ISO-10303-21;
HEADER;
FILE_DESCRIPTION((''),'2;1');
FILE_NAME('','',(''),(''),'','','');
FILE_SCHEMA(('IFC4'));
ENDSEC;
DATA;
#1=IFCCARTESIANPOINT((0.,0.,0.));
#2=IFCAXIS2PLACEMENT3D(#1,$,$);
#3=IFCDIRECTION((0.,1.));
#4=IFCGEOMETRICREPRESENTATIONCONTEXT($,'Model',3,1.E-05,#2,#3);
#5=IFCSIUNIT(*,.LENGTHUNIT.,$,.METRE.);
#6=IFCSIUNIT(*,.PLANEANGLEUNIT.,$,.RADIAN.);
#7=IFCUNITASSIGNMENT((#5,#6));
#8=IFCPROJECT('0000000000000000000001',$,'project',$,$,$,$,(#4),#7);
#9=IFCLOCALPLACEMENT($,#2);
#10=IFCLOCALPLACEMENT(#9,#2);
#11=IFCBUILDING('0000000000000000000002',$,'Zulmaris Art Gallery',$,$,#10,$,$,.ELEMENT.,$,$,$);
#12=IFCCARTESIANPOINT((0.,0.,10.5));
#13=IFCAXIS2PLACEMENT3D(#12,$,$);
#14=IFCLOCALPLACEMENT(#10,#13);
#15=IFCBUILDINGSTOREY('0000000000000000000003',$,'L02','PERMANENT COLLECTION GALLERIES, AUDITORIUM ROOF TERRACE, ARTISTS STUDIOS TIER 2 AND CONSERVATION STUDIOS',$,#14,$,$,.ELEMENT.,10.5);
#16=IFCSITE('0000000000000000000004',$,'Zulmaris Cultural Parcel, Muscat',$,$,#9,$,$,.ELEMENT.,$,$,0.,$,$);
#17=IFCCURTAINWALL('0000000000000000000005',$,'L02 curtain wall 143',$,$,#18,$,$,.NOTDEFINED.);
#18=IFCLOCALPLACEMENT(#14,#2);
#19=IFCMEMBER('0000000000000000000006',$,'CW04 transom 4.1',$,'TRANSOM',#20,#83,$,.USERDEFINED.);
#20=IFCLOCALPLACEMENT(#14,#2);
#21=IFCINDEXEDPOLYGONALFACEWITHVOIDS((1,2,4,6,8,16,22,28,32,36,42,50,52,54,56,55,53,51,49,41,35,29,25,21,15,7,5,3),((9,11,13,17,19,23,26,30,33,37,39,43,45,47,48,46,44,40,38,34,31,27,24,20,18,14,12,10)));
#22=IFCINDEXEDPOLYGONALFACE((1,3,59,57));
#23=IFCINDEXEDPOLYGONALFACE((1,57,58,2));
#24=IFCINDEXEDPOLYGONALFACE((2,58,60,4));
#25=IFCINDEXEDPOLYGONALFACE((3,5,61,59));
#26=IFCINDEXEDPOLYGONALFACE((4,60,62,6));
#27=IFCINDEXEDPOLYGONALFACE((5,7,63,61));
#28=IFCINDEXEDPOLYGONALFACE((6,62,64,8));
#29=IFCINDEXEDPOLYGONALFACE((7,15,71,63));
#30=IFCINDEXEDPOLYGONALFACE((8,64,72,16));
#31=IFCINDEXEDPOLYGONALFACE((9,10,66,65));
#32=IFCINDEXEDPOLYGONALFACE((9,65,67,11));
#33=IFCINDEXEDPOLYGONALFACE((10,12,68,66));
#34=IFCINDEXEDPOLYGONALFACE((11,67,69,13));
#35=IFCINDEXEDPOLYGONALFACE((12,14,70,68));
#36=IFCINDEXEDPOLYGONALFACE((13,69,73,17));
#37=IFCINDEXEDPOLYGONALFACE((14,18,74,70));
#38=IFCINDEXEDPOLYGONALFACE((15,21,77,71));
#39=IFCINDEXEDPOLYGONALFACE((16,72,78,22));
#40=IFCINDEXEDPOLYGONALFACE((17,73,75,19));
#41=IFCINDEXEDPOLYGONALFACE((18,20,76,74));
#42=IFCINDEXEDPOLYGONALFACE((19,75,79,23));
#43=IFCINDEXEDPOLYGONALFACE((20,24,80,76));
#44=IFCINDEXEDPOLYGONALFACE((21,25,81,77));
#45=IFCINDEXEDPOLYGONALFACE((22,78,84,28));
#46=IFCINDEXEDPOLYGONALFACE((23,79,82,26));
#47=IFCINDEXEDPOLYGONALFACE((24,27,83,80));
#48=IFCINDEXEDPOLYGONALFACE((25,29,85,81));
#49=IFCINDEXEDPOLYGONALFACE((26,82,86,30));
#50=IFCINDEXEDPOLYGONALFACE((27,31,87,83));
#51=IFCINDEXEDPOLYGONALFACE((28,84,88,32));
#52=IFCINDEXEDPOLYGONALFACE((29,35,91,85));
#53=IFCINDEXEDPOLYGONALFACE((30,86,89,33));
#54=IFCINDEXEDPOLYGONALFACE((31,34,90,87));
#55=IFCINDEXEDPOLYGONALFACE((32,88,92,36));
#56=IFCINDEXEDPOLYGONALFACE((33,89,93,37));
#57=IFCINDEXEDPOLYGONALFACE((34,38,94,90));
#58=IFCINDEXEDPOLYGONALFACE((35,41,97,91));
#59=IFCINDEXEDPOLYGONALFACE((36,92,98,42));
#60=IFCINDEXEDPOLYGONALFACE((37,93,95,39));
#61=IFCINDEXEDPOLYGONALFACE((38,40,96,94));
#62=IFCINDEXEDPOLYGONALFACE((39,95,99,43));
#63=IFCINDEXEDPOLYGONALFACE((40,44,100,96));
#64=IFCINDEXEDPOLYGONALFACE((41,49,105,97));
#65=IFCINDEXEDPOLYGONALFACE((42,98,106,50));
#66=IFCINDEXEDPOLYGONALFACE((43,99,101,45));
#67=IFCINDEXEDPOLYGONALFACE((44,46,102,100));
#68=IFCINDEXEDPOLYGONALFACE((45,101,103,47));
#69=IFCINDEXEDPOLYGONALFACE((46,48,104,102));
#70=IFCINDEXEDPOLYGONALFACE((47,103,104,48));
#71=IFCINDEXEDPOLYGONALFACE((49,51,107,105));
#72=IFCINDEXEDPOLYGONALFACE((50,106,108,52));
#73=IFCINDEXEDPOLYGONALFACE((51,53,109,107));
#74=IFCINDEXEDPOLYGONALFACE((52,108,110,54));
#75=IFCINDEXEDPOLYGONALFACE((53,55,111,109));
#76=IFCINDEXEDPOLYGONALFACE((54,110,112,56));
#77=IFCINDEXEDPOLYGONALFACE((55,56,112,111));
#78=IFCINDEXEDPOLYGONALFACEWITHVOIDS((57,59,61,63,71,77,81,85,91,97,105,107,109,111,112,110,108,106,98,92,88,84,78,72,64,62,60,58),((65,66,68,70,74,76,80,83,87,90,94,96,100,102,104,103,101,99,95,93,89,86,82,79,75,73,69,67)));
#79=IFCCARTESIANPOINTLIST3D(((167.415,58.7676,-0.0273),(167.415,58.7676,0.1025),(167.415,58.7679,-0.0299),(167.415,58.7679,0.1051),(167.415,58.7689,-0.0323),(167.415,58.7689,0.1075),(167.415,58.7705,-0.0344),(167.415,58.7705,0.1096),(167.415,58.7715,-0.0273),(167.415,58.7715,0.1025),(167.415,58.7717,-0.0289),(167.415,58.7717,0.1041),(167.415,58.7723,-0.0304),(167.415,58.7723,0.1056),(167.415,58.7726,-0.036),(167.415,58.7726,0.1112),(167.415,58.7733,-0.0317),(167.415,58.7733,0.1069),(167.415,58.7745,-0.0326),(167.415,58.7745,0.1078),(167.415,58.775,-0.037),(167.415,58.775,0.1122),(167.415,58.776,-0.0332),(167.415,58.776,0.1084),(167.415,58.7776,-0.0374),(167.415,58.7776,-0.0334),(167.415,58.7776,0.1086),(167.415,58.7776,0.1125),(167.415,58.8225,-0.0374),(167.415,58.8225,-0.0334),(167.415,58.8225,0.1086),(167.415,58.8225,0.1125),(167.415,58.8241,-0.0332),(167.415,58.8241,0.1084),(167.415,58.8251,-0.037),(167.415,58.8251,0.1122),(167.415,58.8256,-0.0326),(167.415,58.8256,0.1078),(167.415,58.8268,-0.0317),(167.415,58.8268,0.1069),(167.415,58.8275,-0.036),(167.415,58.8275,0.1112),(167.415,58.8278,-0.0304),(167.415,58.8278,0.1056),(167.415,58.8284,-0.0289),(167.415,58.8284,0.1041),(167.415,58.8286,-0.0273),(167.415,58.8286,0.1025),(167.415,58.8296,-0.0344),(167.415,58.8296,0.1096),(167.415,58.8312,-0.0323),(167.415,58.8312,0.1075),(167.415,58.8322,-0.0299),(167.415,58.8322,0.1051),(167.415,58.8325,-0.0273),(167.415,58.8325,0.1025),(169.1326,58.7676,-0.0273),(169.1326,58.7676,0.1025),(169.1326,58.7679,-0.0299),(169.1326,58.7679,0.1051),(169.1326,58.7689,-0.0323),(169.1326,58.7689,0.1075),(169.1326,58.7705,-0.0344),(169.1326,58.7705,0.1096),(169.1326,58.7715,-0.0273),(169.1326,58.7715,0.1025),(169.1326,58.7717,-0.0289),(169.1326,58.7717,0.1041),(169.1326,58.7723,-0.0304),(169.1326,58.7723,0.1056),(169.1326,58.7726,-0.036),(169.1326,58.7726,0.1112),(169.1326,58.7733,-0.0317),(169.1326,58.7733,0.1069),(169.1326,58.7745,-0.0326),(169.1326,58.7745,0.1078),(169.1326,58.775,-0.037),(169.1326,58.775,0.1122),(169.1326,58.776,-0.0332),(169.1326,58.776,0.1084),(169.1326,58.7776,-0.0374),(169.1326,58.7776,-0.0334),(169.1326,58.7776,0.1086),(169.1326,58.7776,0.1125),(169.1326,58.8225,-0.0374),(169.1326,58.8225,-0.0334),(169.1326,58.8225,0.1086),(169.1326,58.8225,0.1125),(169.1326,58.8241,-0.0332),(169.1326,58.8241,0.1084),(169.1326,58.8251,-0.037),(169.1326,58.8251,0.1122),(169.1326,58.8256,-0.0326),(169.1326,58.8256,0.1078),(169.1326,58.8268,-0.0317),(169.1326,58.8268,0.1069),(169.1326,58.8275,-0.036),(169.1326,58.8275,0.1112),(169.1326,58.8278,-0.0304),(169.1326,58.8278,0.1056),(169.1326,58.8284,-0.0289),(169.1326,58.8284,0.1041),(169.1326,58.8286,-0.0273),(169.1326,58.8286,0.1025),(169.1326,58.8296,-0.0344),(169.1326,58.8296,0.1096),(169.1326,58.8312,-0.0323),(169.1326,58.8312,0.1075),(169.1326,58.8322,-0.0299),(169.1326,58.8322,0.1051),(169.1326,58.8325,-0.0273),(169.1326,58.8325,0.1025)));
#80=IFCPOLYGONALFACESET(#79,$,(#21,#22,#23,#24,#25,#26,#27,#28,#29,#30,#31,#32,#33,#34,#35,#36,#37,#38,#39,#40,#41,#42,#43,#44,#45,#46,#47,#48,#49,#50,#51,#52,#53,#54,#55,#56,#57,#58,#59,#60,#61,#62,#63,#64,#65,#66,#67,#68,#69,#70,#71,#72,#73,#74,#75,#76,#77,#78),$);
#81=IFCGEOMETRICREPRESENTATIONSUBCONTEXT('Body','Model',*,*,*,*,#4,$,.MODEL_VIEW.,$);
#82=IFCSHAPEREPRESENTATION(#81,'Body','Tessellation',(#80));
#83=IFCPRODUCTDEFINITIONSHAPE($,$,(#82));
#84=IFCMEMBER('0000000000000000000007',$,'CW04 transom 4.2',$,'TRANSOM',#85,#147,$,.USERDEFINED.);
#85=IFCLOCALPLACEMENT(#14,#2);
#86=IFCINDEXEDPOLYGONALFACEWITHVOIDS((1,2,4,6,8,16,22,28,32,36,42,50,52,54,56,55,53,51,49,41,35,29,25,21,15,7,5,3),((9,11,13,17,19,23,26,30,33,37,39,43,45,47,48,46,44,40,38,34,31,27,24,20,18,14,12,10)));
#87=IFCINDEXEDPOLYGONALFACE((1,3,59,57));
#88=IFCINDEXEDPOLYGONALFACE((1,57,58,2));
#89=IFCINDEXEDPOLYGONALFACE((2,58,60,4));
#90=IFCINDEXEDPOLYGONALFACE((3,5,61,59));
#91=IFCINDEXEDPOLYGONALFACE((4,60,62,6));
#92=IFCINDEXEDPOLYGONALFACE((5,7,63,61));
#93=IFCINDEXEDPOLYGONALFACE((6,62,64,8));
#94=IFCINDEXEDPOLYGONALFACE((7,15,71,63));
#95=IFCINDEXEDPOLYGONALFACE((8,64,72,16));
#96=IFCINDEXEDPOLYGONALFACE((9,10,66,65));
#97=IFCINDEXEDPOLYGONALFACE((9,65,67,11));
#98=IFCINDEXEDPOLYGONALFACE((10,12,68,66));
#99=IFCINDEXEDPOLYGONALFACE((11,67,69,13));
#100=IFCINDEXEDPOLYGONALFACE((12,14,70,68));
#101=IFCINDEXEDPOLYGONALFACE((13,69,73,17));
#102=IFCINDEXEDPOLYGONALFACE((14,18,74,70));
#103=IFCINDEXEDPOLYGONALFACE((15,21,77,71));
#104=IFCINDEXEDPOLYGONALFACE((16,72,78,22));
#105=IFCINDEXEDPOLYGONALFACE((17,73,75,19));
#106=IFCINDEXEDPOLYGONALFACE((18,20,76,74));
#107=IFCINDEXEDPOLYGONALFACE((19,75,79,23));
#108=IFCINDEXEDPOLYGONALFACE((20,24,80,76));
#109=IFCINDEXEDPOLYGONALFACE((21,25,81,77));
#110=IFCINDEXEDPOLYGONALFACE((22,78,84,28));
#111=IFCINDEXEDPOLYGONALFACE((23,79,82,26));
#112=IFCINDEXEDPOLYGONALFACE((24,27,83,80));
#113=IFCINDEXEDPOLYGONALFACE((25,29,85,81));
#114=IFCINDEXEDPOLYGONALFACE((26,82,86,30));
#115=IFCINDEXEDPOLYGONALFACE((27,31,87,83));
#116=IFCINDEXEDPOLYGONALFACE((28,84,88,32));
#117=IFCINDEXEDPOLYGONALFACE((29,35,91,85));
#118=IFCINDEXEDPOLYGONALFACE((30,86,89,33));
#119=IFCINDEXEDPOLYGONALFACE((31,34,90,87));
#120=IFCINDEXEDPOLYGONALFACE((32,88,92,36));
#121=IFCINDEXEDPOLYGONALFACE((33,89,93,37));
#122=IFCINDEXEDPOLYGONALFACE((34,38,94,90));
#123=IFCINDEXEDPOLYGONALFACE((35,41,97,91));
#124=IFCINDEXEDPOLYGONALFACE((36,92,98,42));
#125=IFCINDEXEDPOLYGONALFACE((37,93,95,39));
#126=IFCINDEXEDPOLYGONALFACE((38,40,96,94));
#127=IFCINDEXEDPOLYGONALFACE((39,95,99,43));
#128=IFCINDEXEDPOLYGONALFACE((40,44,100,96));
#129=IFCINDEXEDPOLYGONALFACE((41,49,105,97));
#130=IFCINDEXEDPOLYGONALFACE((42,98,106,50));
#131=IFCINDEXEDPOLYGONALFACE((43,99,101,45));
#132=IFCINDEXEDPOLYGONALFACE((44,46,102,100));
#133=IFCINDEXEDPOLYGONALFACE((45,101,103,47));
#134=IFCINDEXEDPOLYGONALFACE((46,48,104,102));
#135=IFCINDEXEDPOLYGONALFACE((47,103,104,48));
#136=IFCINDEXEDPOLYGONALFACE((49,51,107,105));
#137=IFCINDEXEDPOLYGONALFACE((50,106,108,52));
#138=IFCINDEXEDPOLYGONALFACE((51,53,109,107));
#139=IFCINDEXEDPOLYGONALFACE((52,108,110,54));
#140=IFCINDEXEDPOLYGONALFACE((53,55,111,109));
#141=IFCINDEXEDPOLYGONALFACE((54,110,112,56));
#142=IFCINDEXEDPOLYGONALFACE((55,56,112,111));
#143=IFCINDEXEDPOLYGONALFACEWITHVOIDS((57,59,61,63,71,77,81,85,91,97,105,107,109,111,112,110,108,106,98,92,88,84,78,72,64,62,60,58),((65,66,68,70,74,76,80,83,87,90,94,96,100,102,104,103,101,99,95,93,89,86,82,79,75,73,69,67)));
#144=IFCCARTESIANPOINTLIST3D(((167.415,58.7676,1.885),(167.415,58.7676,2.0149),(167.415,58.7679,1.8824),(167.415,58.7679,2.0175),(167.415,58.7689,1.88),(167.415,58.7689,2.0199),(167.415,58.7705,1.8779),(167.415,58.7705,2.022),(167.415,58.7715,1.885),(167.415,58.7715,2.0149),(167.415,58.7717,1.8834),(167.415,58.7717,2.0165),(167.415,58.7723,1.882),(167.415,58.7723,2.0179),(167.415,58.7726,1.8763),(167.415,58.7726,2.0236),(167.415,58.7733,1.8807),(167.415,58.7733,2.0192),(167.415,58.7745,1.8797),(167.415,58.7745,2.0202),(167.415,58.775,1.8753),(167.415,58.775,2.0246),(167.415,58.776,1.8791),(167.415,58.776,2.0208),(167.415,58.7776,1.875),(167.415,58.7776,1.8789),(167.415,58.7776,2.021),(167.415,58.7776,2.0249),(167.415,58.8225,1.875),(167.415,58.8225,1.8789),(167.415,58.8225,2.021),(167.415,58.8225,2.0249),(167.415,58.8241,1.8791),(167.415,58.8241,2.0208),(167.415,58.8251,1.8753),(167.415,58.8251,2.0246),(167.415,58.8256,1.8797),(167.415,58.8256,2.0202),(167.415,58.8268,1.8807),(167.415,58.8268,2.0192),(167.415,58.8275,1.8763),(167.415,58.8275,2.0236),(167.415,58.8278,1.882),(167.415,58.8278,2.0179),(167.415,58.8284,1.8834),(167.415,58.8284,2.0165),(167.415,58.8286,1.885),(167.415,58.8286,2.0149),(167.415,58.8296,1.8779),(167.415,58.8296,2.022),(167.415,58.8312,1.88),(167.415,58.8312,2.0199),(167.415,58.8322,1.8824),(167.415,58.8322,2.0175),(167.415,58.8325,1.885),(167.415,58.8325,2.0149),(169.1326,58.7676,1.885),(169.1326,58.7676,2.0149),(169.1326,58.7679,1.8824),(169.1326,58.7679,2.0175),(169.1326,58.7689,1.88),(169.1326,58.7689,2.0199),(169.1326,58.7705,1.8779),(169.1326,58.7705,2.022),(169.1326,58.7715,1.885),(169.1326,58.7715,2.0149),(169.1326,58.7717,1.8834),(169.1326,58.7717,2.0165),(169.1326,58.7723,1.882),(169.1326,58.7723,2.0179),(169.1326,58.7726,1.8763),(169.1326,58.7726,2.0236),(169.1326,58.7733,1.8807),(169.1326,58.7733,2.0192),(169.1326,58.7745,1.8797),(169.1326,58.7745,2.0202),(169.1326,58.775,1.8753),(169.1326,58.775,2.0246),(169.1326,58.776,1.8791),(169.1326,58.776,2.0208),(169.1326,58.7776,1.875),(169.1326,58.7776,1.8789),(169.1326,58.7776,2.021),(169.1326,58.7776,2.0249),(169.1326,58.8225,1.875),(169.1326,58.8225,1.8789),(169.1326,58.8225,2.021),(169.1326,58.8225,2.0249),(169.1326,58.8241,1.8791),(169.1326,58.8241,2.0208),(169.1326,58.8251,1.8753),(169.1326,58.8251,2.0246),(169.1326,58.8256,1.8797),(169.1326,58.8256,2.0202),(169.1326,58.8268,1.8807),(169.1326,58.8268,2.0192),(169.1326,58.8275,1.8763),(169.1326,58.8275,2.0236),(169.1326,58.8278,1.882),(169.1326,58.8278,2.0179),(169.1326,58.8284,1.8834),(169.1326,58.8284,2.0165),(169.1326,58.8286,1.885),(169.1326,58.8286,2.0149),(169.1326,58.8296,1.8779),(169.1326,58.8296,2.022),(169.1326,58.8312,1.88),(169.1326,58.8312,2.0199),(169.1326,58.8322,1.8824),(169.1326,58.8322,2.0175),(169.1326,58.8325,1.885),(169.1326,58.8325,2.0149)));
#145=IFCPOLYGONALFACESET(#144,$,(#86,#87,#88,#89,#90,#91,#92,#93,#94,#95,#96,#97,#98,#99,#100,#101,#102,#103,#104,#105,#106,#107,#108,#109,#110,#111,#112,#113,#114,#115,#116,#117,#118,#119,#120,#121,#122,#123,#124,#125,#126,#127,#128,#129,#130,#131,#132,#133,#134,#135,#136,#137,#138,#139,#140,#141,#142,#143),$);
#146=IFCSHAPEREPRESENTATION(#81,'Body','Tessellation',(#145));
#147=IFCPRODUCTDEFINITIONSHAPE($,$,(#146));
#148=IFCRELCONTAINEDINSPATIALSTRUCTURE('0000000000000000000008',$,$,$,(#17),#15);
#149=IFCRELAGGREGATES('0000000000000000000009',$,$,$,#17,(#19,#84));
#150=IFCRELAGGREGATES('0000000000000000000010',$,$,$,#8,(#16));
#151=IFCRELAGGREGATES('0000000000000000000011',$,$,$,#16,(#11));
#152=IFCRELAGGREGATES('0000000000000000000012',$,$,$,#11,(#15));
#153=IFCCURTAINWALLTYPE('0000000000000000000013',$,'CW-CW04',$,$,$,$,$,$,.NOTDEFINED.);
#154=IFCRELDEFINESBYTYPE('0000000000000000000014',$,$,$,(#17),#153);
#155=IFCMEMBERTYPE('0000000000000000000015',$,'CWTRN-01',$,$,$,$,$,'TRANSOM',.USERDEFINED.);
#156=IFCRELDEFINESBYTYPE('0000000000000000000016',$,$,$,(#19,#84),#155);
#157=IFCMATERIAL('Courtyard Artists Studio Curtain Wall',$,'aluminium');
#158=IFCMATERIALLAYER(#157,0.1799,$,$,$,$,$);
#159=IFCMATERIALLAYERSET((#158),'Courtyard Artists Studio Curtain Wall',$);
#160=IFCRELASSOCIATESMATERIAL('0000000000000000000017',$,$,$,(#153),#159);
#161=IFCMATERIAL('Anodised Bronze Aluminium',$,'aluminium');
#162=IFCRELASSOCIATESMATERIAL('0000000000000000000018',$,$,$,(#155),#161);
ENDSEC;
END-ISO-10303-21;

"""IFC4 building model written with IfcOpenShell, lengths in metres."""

from ifc_helpers import new_model, si_unit, direction, frame, origin, origin_2d, place, context, subcontext, project, spatial, hollow_rectangle, extrude, material, layer, layer_set, material_profile, profile_set, type_object, element, aggregate, save


model = new_model("IFC4")

# Units and contexts
model_context = context("Model", 3, precision=1e-05, world=origin(), true_north=direction((0.0, 1.0)))
body_context = subcontext(model_context, "Body", "Model", "MODEL_VIEW")
ifc_project = project(units=[si_unit("LENGTHUNIT", "METRE"), si_unit("PLANEANGLEUNIT", "RADIAN")], contexts=[model_context])

# Site, building, storey
site_placement = place(None, origin())
site = spatial("IfcSite", under=ifc_project, at=site_placement, Name="Zulmaris Cultural Parcel, Muscat", CompositionType="ELEMENT", RefElevation=0.0)
building_placement = place(site_placement, origin())
building = spatial("IfcBuilding", under=site, at=building_placement, Name="Zulmaris Art Gallery", CompositionType="ELEMENT")
storey_placement = place(building_placement, frame((0.0, 0.0, 10.5)))
storey = spatial("IfcBuildingStorey", under=building, at=storey_placement, Name="L02", Description="PERMANENT COLLECTION GALLERIES, AUDITORIUM ROOF TERRACE, ARTISTS STUDIOS TIER 2 AND CONSERVATION STUDIOS", CompositionType="ELEMENT", Elevation=10.5)

# Curtain wall, members
ifc_material_1 = material(Name="Courtyard Artists Studio Curtain Wall", Category="aluminium")
ifc_layer_1 = layer(ifc_material_1, 0.1799)
ifc_layer_set_1 = layer_set([ifc_layer_1], Name="Courtyard Artists Studio Curtain Wall")
curtain_wall_type = type_object("IfcCurtainWallType", Name="CW-CW04", PredefinedType="NOTDEFINED", material=ifc_layer_set_1)
curtain_wall_placement = place(storey_placement, origin())
curtain_wall = element("IfcCurtainWall", 1, at=curtain_wall_placement, inside=storey, type_object=curtain_wall_type, Name="L02 curtain wall 143", PredefinedType="NOTDEFINED")
ifc_material_2 = material(Name="Anodised Bronze Aluminium", Category="aluminium")
ifc_material_profile_1 = material_profile(ifc_material_2, hollow_rectangle(XDim=0.0649, YDim=0.1499, WallThickness=0.0039, InnerFilletRadius=0.0061, OuterFilletRadius=0.01, at=origin_2d()), Name="ALU 65x150x4")
ifc_profile_set_1 = profile_set([ifc_material_profile_1], Name="Anodised Bronze Aluminium")
member_type_1 = type_object("IfcMemberType", Name="CWTRN-01", ElementType="TRANSOM", PredefinedType="USERDEFINED", material=ifc_profile_set_1)
member_1_placement = place(storey_placement, frame((169.1326, 58.8, 0.0376), z_axis=(-1.0, 0.0, 0.0), x_axis=(0.0, -1.0, 0.0)))
member_1 = element("IfcMember", 2, at=member_1_placement, type_object=member_type_1, Name="CW04 transom 4.1", ObjectType="TRANSOM", PredefinedType="USERDEFINED", context=body_context, shape_type="SweptSolid", body=[
    extrude(hollow_rectangle(XDim=0.0649, YDim=0.1499, WallThickness=0.0039, InnerFilletRadius=0.0061, OuterFilletRadius=0.01, at=origin_2d()), origin(), (0.0, 0.0, 1.0), 1.7175),
])
member_2_placement = place(storey_placement, frame((169.1326, 58.8, 1.95), z_axis=(-1.0, 0.0, 0.0), x_axis=(0.0, -1.0, 0.0)))
member_2 = element("IfcMember", 3, at=member_2_placement, type_object=member_type_1, Name="CW04 transom 4.2", ObjectType="TRANSOM", PredefinedType="USERDEFINED", context=body_context, shape_type="SweptSolid", body=[
    extrude(hollow_rectangle(XDim=0.0649, YDim=0.1499, WallThickness=0.0039, InnerFilletRadius=0.0061, OuterFilletRadius=0.01, at=origin_2d()), origin(), (0.0, 0.0, 1.0), 1.7175),
])
aggregate(curtain_wall, [member_1, member_2])

save(model, "model.ifc")
